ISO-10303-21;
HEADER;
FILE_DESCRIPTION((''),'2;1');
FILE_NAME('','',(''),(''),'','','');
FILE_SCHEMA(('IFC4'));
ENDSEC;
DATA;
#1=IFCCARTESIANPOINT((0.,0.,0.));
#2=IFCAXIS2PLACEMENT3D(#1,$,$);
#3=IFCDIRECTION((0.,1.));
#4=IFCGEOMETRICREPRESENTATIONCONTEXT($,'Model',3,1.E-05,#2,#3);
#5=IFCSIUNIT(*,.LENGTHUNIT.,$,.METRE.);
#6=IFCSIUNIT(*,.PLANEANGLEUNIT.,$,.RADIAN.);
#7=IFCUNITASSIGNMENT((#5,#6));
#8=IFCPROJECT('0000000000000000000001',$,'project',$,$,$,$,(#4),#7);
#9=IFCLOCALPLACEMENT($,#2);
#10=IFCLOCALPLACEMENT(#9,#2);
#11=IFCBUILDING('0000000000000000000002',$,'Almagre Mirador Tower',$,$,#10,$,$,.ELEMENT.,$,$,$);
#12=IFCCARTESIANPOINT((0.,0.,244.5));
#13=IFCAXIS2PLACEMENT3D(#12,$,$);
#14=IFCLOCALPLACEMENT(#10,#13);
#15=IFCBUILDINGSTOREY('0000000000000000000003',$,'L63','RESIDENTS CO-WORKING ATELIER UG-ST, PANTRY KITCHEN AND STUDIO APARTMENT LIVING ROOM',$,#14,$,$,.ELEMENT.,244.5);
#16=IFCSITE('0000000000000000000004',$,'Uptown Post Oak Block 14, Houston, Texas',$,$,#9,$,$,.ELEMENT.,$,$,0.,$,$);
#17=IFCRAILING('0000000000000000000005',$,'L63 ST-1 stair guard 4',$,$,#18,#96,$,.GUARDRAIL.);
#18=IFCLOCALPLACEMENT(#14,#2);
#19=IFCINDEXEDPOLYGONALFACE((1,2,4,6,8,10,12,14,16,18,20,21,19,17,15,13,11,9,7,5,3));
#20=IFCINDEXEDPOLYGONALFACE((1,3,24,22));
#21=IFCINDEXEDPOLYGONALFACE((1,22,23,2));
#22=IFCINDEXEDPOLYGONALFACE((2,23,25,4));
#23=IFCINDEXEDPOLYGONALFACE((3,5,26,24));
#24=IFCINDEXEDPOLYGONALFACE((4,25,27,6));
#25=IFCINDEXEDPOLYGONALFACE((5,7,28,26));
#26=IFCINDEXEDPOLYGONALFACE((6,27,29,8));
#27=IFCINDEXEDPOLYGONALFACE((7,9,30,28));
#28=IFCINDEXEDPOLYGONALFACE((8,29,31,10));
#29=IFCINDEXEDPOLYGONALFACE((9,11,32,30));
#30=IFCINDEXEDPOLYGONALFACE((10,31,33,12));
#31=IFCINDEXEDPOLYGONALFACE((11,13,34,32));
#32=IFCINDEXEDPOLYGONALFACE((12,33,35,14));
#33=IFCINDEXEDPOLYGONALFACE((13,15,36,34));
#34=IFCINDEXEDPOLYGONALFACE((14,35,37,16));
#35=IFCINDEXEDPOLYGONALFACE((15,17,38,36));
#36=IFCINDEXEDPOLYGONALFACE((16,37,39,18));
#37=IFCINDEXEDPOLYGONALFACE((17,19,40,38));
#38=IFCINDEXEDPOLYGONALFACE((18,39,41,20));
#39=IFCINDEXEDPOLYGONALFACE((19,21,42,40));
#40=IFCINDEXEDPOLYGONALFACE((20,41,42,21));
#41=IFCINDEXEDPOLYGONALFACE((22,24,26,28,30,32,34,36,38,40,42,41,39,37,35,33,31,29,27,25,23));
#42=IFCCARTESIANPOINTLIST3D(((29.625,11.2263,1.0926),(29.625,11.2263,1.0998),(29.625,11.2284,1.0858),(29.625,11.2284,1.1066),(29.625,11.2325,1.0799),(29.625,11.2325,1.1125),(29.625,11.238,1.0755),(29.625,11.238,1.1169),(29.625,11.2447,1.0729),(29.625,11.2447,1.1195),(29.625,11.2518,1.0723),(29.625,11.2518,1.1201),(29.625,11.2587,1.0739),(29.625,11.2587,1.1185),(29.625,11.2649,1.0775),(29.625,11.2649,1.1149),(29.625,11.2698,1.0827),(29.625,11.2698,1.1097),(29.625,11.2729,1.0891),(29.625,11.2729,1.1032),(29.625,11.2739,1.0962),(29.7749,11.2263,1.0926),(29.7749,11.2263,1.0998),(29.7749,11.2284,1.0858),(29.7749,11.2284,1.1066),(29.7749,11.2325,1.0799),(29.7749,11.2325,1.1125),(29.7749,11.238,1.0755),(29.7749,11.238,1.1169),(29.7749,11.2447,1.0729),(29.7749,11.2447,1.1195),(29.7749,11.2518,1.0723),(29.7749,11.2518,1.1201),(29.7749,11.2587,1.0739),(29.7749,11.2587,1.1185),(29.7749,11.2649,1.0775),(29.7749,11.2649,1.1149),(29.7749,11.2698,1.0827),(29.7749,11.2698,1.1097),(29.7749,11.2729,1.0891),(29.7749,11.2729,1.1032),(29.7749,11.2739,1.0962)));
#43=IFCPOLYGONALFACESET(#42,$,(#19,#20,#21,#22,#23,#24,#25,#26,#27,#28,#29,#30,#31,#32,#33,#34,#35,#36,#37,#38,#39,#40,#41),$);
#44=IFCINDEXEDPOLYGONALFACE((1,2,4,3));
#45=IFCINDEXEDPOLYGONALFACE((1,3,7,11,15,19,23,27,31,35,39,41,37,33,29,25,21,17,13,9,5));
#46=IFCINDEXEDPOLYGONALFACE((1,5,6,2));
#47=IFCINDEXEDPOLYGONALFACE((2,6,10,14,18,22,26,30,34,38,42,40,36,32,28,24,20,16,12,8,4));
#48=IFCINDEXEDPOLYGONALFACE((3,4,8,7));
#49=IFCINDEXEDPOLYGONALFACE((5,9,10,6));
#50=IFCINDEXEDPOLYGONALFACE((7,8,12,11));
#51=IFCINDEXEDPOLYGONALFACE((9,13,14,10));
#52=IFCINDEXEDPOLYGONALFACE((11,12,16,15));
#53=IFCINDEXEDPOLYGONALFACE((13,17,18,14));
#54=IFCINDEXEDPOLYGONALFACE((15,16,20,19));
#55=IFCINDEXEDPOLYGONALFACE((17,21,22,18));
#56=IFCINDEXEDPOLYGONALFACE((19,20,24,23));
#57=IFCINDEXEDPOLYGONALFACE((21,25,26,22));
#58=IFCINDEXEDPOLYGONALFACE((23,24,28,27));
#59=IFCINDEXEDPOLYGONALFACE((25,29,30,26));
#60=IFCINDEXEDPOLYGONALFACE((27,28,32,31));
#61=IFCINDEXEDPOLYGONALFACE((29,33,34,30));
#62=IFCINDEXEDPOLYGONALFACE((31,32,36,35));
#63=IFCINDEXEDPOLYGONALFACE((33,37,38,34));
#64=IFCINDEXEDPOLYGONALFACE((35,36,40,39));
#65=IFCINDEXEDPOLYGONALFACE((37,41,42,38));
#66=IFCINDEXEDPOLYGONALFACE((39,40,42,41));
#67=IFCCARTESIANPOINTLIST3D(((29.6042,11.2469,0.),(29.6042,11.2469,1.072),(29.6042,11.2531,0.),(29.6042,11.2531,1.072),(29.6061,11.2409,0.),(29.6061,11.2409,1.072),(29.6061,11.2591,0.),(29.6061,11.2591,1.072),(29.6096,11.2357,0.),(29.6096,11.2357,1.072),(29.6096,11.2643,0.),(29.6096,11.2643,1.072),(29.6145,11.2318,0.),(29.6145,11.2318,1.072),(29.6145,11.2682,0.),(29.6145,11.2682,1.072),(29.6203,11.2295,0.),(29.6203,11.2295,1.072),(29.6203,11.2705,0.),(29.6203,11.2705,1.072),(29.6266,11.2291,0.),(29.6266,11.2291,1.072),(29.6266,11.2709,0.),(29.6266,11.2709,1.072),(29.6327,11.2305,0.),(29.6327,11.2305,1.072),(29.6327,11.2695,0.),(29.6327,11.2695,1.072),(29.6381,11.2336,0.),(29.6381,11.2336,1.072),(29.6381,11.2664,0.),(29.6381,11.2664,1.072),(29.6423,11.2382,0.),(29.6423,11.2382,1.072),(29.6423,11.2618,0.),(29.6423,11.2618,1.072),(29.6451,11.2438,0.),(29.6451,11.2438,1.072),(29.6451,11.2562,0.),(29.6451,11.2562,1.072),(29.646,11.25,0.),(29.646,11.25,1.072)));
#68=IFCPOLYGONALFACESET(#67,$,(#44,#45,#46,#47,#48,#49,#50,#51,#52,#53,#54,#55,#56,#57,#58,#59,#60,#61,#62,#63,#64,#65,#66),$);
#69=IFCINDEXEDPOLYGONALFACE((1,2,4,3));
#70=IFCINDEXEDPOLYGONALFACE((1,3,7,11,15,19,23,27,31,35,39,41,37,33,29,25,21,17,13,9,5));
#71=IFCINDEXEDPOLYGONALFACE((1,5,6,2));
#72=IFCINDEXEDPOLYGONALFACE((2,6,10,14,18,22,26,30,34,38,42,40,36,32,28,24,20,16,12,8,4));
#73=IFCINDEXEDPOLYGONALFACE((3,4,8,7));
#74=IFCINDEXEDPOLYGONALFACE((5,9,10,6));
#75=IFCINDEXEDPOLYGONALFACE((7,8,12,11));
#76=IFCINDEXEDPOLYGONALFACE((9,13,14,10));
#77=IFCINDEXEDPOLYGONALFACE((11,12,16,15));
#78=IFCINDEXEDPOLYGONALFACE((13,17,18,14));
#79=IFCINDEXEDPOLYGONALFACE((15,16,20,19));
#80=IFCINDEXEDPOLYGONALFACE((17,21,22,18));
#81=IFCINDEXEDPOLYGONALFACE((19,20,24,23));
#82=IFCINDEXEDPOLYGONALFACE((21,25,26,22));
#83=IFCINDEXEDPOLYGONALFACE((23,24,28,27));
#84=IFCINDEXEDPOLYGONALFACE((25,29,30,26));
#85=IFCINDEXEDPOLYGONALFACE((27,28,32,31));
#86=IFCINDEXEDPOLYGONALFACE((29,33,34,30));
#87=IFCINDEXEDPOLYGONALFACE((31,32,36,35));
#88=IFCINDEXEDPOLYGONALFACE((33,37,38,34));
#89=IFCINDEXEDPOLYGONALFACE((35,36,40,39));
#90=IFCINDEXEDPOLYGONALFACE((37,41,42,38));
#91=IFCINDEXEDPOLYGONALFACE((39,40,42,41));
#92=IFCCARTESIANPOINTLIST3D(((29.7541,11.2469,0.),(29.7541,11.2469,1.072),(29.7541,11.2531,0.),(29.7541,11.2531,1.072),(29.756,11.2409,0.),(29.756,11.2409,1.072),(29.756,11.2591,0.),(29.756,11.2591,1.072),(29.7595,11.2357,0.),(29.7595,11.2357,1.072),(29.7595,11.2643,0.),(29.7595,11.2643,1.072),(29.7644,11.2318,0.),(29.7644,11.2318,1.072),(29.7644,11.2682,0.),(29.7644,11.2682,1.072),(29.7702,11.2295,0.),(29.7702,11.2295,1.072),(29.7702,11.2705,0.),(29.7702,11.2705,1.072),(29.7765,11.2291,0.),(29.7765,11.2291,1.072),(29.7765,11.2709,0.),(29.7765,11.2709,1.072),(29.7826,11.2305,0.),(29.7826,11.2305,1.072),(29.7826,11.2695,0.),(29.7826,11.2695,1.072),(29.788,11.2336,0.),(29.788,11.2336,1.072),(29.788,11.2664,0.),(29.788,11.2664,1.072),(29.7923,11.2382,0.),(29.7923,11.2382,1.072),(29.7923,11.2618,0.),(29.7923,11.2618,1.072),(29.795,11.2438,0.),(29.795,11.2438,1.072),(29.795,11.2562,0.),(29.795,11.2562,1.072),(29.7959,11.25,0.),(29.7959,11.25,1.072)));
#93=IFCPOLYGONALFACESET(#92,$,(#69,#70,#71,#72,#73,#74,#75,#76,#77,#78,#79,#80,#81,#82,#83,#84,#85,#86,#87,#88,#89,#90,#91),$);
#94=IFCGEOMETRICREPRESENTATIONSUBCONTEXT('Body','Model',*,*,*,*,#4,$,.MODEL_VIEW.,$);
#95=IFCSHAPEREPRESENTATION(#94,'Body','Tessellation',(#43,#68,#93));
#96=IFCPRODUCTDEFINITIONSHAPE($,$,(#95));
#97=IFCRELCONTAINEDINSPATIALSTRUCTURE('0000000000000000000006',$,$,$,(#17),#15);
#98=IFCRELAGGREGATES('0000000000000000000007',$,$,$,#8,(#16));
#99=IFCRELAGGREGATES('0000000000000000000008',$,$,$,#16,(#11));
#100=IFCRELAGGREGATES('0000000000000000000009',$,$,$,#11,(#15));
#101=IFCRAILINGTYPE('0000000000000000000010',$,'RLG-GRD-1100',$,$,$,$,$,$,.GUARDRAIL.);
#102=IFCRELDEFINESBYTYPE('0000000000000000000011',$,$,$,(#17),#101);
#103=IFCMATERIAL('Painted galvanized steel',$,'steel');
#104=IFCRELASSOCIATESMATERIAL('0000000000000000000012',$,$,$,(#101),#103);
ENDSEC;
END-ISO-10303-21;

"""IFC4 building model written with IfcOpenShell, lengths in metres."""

from ifc_helpers import new_model, si_unit, direction, frame, origin, origin_2d, place, context, subcontext, project, spatial, circle, extrude, material, type_object, element, save


model = new_model("IFC4")

# Units and contexts
model_context = context("Model", 3, precision=1e-05, world=origin(), true_north=direction((0.0, 1.0)))
body_context = subcontext(model_context, "Body", "Model", "MODEL_VIEW")
ifc_project = project(units=[si_unit("LENGTHUNIT", "METRE"), si_unit("PLANEANGLEUNIT", "RADIAN")], contexts=[model_context])

# Site, building, storey
site_placement = place(None, origin())
site = spatial("IfcSite", under=ifc_project, at=site_placement, Name="Uptown Post Oak Block 14, Houston, Texas", CompositionType="ELEMENT", RefElevation=0.0)
building_placement = place(site_placement, origin())
building = spatial("IfcBuilding", under=site, at=building_placement, Name="Almagre Mirador Tower", CompositionType="ELEMENT")
storey_placement = place(building_placement, frame((0.0, 0.0, 244.5)))
storey = spatial("IfcBuildingStorey", under=building, at=storey_placement, Name="L63", Description="RESIDENTS CO-WORKING ATELIER UG-ST, PANTRY KITCHEN AND STUDIO APARTMENT LIVING ROOM", CompositionType="ELEMENT", Elevation=244.5)

# Railing
ifc_material_1 = material(Name="Painted galvanized steel", Category="steel")
railing_type_1 = type_object("IfcRailingType", Name="RLG-GRD-1100", PredefinedType="GUARDRAIL", material=ifc_material_1)
railing_1_placement = place(storey_placement, frame((29.625, 11.25, 0.0)))
element("IfcRailing", 1, at=railing_1_placement, inside=storey, type_object=railing_type_1, Name="L63 ST-1 stair guard 4", PredefinedType="GUARDRAIL", context=body_context, shape_type="SweptSolid", body=[
    extrude(circle(Radius=0.0239, at=origin_2d()), frame((0.0, 0.0, 1.0962), z_axis=(1.0, 0.0, 0.0), x_axis=(0.0, 1.0, 0.0)), (0.0, 0.0, 1.0), 0.1499),
    extrude(circle(Radius=0.021, at=origin_2d()), origin(), (0.0, 0.0, 1.0), 1.072),
    extrude(circle(Radius=0.021, at=origin_2d()), frame((0.1499, 0.0, 0.0)), (0.0, 0.0, 1.0), 1.072),
])

save(model, "model.ifc")
